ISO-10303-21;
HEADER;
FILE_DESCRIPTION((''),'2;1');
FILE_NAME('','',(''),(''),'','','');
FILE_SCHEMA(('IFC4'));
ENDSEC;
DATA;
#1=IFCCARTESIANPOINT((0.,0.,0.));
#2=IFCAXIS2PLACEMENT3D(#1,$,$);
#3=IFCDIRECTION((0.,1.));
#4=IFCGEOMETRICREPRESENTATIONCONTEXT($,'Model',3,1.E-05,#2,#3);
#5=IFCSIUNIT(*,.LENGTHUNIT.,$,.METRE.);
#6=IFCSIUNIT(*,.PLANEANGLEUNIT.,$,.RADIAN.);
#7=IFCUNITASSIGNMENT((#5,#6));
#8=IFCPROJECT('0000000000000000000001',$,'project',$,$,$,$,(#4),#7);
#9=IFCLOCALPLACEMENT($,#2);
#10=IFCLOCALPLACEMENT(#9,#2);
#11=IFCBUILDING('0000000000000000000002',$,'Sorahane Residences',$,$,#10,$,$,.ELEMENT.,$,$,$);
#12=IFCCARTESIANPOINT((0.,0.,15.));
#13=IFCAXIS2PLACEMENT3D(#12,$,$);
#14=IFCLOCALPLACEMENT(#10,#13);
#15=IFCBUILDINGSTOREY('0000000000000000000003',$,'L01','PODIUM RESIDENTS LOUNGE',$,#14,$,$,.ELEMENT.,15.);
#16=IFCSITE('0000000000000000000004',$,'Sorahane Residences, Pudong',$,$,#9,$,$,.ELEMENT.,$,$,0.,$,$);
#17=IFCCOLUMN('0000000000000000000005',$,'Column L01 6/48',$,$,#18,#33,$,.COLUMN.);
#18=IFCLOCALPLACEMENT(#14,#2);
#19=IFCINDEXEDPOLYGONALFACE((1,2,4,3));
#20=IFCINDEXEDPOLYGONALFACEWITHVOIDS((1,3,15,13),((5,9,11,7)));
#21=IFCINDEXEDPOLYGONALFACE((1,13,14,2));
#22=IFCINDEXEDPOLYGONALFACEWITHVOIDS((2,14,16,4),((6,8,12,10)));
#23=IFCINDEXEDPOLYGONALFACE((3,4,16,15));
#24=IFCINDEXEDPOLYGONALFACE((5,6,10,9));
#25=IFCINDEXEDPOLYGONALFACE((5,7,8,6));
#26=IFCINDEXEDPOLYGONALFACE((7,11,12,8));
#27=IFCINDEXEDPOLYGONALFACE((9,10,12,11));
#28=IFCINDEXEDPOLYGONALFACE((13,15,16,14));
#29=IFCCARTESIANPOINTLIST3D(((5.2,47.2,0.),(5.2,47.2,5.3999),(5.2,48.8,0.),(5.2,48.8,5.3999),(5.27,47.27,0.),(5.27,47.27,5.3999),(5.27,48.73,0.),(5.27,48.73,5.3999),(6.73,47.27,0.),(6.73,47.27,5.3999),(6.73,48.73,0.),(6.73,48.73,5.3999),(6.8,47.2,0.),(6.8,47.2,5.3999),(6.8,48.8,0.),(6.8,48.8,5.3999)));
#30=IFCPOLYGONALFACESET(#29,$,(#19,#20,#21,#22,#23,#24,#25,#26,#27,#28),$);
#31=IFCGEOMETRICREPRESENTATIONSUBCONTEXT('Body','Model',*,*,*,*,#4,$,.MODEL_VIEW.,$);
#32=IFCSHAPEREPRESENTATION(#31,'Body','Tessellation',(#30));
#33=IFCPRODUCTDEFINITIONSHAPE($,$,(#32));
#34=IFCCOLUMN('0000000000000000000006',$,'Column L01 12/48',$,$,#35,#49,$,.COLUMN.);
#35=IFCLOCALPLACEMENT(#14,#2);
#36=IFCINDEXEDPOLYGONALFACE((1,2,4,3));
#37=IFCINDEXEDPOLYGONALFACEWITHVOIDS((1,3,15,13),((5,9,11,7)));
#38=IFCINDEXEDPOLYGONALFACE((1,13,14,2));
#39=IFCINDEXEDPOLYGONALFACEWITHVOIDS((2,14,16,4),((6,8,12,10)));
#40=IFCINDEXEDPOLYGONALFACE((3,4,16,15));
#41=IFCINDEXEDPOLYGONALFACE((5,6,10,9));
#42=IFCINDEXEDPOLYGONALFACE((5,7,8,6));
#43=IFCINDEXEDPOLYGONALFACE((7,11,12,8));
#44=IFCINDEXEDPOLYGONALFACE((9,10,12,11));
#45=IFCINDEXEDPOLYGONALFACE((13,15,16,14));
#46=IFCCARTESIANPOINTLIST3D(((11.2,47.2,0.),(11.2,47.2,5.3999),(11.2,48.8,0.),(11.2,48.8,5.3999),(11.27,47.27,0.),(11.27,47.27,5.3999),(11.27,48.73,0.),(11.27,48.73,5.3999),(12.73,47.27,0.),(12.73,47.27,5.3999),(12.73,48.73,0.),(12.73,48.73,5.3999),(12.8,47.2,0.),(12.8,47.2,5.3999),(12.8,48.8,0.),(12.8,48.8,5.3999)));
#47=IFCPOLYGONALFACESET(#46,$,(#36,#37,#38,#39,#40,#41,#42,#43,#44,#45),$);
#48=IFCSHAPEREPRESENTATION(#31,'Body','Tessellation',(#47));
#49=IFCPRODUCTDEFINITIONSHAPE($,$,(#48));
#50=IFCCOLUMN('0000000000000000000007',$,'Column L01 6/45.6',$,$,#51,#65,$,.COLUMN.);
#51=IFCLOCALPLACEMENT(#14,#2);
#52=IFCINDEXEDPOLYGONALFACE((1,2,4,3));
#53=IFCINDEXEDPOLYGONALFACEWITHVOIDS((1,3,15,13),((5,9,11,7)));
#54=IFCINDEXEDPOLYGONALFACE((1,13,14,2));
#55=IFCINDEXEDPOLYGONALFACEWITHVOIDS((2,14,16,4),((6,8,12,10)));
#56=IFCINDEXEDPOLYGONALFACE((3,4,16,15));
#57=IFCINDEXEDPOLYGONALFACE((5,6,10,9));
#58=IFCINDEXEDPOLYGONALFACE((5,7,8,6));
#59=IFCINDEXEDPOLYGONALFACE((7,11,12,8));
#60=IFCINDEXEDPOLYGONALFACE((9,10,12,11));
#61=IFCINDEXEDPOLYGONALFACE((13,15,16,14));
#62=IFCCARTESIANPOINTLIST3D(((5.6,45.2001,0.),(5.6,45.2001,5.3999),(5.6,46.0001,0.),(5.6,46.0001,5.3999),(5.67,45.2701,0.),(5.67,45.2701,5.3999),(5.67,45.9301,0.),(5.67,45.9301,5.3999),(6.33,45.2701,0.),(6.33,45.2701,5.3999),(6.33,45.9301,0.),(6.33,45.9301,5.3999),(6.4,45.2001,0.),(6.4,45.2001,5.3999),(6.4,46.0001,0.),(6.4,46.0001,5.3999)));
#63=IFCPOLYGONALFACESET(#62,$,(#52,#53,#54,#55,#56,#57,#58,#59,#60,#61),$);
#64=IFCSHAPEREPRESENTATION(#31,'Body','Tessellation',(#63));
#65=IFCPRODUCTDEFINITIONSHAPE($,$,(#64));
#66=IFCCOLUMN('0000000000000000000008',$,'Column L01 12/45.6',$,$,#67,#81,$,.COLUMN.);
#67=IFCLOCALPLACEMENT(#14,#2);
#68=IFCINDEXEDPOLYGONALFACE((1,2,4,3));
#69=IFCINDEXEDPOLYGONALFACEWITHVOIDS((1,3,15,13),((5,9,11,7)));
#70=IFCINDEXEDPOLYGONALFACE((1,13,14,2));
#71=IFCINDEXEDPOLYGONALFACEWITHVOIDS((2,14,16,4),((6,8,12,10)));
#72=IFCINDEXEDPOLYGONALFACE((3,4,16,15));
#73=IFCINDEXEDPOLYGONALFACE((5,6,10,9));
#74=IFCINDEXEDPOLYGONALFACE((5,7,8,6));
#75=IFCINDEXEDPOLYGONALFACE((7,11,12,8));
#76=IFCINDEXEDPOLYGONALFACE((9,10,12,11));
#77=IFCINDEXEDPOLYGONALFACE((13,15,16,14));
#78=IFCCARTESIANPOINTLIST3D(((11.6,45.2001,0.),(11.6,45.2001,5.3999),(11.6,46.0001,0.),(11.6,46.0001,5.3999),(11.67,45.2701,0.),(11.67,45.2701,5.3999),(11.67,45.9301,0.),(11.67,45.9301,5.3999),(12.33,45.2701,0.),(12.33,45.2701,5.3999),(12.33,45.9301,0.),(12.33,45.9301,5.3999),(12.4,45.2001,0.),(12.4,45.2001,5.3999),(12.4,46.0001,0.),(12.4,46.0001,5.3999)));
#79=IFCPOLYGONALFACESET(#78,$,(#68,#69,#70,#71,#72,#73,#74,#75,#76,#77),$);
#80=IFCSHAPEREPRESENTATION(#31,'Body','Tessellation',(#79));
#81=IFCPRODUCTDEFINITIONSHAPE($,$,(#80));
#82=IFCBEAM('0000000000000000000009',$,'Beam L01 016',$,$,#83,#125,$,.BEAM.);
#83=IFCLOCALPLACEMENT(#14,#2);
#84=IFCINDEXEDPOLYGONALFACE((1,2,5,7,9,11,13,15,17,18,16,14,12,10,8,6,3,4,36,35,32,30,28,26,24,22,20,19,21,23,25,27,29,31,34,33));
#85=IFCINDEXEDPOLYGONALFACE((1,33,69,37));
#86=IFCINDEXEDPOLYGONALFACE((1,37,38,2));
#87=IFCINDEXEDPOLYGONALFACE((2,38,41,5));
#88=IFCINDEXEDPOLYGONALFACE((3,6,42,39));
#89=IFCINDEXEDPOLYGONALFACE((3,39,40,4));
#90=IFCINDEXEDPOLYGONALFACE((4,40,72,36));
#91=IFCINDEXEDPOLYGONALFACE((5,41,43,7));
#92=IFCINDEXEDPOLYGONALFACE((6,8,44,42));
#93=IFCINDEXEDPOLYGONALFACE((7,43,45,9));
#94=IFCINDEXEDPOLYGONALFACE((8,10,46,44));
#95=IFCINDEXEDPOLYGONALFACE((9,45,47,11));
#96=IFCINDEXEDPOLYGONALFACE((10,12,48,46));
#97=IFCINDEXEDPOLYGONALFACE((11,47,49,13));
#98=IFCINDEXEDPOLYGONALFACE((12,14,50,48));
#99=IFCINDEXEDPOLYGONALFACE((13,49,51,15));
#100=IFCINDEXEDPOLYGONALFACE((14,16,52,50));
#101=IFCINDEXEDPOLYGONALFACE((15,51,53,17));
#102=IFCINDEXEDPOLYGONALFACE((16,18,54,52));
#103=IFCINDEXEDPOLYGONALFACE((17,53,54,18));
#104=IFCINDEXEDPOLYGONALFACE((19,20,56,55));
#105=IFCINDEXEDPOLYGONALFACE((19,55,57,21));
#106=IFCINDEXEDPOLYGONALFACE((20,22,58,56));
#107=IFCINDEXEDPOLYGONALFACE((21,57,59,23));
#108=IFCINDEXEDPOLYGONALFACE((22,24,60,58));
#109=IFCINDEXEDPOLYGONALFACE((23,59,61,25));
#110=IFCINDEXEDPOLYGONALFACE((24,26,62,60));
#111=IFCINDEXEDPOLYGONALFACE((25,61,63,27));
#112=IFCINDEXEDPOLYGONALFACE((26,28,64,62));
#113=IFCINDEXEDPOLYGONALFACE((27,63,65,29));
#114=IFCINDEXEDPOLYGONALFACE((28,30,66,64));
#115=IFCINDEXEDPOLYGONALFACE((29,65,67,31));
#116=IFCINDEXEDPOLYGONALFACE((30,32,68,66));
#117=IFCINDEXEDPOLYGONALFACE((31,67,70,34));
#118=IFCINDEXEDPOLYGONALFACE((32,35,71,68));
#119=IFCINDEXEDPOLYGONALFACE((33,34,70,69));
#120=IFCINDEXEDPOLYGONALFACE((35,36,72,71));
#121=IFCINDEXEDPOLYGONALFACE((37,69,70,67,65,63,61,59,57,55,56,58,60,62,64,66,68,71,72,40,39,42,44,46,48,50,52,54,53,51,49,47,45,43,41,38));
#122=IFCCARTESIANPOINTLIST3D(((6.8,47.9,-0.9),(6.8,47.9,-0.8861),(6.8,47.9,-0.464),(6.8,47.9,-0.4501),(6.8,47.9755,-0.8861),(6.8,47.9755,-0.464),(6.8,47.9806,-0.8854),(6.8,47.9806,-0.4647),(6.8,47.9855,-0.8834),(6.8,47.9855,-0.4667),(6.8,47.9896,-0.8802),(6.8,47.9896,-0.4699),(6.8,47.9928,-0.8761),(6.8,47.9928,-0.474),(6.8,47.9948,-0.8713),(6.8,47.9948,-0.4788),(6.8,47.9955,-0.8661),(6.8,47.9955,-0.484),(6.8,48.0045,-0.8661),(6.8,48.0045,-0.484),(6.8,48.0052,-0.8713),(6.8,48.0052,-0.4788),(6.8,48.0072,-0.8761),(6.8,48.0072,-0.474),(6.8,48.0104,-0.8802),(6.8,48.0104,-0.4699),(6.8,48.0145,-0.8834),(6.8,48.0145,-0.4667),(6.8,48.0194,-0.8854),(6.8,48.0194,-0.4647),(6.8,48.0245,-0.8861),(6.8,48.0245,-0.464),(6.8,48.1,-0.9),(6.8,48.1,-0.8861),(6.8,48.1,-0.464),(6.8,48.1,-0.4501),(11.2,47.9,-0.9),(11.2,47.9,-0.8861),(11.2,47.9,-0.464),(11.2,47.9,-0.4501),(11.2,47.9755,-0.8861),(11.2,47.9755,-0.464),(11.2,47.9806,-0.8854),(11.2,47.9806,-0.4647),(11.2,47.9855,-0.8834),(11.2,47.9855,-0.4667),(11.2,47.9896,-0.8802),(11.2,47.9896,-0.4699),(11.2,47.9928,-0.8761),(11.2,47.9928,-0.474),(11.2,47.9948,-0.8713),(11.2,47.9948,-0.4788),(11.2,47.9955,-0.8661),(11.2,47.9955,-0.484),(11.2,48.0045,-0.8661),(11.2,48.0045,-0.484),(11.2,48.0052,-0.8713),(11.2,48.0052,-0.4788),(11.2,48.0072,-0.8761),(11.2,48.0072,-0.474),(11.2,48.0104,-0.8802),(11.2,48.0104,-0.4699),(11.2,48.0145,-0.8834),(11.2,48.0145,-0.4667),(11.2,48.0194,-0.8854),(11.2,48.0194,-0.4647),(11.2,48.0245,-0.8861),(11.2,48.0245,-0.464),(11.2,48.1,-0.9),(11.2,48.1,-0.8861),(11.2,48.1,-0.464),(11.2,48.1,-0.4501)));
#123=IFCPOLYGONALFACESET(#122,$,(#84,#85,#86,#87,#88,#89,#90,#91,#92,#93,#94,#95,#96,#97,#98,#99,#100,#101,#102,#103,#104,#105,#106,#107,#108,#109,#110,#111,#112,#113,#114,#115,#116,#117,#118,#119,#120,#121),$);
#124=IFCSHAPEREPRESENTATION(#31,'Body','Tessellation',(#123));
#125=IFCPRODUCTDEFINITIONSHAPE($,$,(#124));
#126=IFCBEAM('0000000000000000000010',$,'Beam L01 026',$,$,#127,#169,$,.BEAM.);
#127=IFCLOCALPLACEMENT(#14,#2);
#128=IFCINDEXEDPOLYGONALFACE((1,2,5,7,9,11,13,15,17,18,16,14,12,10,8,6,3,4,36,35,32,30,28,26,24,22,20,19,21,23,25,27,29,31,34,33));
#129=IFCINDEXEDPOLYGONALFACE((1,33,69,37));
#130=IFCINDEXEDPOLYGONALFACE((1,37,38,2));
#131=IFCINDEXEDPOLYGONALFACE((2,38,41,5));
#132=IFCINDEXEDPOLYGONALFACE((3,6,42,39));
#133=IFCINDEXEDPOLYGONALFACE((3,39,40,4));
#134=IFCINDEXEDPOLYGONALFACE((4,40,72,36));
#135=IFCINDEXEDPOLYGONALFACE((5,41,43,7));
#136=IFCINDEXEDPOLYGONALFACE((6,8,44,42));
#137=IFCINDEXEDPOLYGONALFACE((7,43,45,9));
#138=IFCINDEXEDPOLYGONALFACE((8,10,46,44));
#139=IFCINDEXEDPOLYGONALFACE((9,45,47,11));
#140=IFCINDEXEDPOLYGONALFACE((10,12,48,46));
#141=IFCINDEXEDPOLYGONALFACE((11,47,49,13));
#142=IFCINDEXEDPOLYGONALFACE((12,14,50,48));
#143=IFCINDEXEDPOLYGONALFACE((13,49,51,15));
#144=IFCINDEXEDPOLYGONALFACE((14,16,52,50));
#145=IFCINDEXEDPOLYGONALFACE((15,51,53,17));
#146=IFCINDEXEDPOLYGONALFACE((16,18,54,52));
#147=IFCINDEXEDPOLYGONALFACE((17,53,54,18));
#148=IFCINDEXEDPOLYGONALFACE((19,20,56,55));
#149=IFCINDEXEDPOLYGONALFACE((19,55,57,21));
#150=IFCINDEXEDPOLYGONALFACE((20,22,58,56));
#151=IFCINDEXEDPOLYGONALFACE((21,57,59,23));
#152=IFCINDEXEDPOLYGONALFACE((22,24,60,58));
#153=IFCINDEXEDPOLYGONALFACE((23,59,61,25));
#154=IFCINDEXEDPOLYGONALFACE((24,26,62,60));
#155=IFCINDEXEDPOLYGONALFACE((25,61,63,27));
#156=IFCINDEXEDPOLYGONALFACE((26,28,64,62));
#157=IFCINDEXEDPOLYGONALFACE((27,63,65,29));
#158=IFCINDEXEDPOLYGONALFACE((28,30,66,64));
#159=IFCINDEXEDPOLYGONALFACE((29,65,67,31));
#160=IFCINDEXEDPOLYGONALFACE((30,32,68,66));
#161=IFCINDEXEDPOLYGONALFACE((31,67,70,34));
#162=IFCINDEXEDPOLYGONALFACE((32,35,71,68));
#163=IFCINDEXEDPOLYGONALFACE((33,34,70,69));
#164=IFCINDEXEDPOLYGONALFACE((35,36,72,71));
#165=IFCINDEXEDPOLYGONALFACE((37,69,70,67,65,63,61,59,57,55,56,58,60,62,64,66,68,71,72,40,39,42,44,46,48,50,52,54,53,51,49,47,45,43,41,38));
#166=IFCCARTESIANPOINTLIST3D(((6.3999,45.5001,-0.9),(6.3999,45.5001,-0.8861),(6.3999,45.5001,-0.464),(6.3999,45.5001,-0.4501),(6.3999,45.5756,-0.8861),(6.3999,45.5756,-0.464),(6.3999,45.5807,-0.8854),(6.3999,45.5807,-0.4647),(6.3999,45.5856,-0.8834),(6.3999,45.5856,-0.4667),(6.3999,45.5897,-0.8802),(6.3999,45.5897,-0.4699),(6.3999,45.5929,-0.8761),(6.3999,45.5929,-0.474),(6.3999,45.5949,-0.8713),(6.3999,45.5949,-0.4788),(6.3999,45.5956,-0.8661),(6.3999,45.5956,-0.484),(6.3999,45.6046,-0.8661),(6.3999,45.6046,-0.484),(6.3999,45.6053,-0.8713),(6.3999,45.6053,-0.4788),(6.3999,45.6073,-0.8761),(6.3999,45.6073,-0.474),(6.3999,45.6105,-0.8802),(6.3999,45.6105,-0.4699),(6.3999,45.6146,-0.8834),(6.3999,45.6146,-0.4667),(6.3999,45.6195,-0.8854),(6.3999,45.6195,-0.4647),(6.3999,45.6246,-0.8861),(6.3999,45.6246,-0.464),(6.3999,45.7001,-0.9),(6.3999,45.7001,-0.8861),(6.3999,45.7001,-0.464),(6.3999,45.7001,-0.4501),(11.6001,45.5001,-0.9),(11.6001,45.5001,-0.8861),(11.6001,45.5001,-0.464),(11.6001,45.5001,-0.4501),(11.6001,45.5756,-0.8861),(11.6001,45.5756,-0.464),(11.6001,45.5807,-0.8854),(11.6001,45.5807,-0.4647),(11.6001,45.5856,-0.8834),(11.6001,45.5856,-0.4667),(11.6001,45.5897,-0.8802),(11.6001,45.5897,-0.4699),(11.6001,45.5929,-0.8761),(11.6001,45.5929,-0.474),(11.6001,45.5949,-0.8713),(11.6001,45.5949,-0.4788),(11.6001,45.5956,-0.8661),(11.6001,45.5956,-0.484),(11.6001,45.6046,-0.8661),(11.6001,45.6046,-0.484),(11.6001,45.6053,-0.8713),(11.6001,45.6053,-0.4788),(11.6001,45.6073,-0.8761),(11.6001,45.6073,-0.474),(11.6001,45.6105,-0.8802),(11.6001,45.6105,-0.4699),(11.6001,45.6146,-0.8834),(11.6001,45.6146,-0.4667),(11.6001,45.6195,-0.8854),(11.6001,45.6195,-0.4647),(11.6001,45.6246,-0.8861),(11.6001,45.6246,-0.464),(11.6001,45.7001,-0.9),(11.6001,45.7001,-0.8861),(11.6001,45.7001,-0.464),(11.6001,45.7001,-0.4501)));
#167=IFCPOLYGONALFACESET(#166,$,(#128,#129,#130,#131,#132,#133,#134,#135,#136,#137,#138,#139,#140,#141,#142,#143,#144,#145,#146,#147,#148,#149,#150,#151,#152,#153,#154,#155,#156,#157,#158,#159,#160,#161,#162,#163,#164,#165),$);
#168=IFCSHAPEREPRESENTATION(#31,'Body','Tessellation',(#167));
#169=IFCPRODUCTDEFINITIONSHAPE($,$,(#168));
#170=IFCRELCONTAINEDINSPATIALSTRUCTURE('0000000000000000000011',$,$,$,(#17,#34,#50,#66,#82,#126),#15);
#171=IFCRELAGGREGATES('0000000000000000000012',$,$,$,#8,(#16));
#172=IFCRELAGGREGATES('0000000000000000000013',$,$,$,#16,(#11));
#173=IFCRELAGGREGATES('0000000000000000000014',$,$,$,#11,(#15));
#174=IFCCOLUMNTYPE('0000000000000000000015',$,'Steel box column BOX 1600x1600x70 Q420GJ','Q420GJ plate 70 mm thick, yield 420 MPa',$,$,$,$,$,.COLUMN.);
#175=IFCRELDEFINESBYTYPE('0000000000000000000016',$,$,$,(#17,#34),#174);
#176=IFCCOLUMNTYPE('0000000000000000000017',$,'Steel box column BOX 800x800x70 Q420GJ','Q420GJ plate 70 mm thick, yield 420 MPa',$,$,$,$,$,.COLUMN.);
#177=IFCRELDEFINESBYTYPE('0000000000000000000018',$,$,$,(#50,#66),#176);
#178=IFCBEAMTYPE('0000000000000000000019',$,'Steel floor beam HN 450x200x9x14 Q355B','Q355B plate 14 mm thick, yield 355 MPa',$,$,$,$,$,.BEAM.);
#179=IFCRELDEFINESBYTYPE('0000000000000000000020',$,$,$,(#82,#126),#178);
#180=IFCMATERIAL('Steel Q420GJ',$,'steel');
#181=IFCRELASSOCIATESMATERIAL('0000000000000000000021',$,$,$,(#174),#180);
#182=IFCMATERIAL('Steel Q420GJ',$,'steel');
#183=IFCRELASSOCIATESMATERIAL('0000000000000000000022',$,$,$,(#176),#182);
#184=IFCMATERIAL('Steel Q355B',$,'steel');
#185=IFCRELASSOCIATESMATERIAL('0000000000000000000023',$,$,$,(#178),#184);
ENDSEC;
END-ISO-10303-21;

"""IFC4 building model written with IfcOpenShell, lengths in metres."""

from ifc_helpers import new_model, si_unit, direction, frame, origin, origin_2d, place, context, subcontext, project, spatial, hollow_rectangle, i_section, extrude, material, material_profile, profile_set, type_object, element, save


model = new_model("IFC4")

# Units and contexts
model_context = context("Model", 3, precision=1e-05, world=origin(), true_north=direction((0.0, 1.0)))
body_context = subcontext(model_context, "Body", "Model", "MODEL_VIEW")
ifc_project = project(units=[si_unit("LENGTHUNIT", "METRE"), si_unit("PLANEANGLEUNIT", "RADIAN")], contexts=[model_context])

# Site, building, storey
site_placement = place(None, origin())
site = spatial("IfcSite", under=ifc_project, at=site_placement, Name="Sorahane Residences, Pudong", CompositionType="ELEMENT", RefElevation=0.0)
building_placement = place(site_placement, origin())
building = spatial("IfcBuilding", under=site, at=building_placement, Name="Sorahane Residences", CompositionType="ELEMENT")
storey_placement = place(building_placement, frame((0.0, 0.0, 15.0)))
storey = spatial("IfcBuildingStorey", under=building, at=storey_placement, Name="L01", Description="PODIUM RESIDENTS LOUNGE", CompositionType="ELEMENT", Elevation=15.0)

# Columns
ifc_material_1 = material(Name="Steel Q420GJ", Category="steel")
ifc_material_profile_1 = material_profile(ifc_material_1, hollow_rectangle(XDim=1.6001, YDim=1.6001, WallThickness=0.0701, at=origin_2d()), Name="BOX 1600x1600x70")
ifc_profile_set_1 = profile_set([ifc_material_profile_1], Name="Steel Q420GJ")
column_type_1 = type_object("IfcColumnType", Name="Steel box column BOX 1600x1600x70 Q420GJ", Description="Q420GJ plate 70 mm thick, yield 420 MPa", PredefinedType="COLUMN", material=ifc_profile_set_1)
for number, where, z_axis, x_axis, name in (
    (1, (6.0, 48.0, 0.0), (0.0, 0.0, 1.0), (1.0, 0.0, 0.0), "Column L01 6/48"),
    (2, (12.0, 48.0, 0.0), (0.0, 0.0, 1.0), (1.0, 0.0, 0.0), "Column L01 12/48"),
):
    element("IfcColumn", number, at=place(storey_placement, frame(where, z_axis=z_axis, x_axis=x_axis)), inside=storey, type_object=column_type_1, Name=name, PredefinedType="COLUMN", context=body_context, shape_type="SweptSolid", body=[
        extrude(hollow_rectangle(XDim=1.6001, YDim=1.6001, WallThickness=0.0701, at=origin_2d()), origin(), (0.0, 0.0, 1.0), 5.3999),
    ])
ifc_material_2 = material(Name="Steel Q420GJ", Category="steel")
ifc_material_profile_2 = material_profile(ifc_material_2, hollow_rectangle(XDim=0.8, YDim=0.8, WallThickness=0.0701, at=origin_2d()), Name="BOX 800x800x70")
ifc_profile_set_2 = profile_set([ifc_material_profile_2], Name="Steel Q420GJ")
column_type_2 = type_object("IfcColumnType", Name="Steel box column BOX 800x800x70 Q420GJ", Description="Q420GJ plate 70 mm thick, yield 420 MPa", PredefinedType="COLUMN", material=ifc_profile_set_2)
for number, where, z_axis, x_axis, name in (
    (3, (6.0, 45.6001, 0.0), (0.0, 0.0, 1.0), (1.0, 0.0, 0.0), "Column L01 6/45.6"),
    (4, (12.0, 45.6001, 0.0), (0.0, 0.0, 1.0), (1.0, 0.0, 0.0), "Column L01 12/45.6"),
):
    element("IfcColumn", number, at=place(storey_placement, frame(where, z_axis=z_axis, x_axis=x_axis)), inside=storey, type_object=column_type_2, Name=name, PredefinedType="COLUMN", context=body_context, shape_type="SweptSolid", body=[
        extrude(hollow_rectangle(XDim=0.8, YDim=0.8, WallThickness=0.0701, at=origin_2d()), origin(), (0.0, 0.0, 1.0), 5.3999),
    ])

# Beams
ifc_material_3 = material(Name="Steel Q355B", Category="steel")
ifc_material_profile_3 = material_profile(ifc_material_3, i_section(OverallWidth=0.2, OverallDepth=0.45, WebThickness=0.009, FlangeThickness=0.0139, FilletRadius=0.02, at=origin_2d()), Name="HN 450x200x9x14")
ifc_profile_set_3 = profile_set([ifc_material_profile_3], Name="Steel Q355B")
beam_type = type_object("IfcBeamType", Name="Steel floor beam HN 450x200x9x14 Q355B", Description="Q355B plate 14 mm thick, yield 355 MPa", PredefinedType="BEAM", material=ifc_profile_set_3)
beam_placement = place(storey_placement, frame((6.8, 48.0, -0.675), z_axis=(1.0, 0.0, 0.0), x_axis=(0.0, 1.0, 0.0)))
element("IfcBeam", 5, at=beam_placement, inside=storey, type_object=beam_type, Name="Beam L01 016", PredefinedType="BEAM", context=body_context, shape_type="SweptSolid", body=[
    extrude(i_section(OverallWidth=0.2, OverallDepth=0.45, WebThickness=0.009, FlangeThickness=0.0139, FilletRadius=0.02, at=origin_2d()), origin(), (0.0, 0.0, 1.0), 4.3999),
])
for number, where, z_axis, x_axis, name in (
    (6, (6.3999, 45.6001, -0.675), (1.0, 0.0, 0.0), (0.0, 1.0, 0.0), "Beam L01 026"),
):
    element("IfcBeam", number, at=place(storey_placement, frame(where, z_axis=z_axis, x_axis=x_axis)), inside=storey, type_object=beam_type, Name=name, PredefinedType="BEAM", context=body_context, shape_type="SweptSolid", body=[
        extrude(i_section(OverallWidth=0.2, OverallDepth=0.45, WebThickness=0.009, FlangeThickness=0.0139, FilletRadius=0.02, at=origin_2d()), origin(), (0.0, 0.0, 1.0), 5.2002),
    ])

save(model, "model.ifc")
